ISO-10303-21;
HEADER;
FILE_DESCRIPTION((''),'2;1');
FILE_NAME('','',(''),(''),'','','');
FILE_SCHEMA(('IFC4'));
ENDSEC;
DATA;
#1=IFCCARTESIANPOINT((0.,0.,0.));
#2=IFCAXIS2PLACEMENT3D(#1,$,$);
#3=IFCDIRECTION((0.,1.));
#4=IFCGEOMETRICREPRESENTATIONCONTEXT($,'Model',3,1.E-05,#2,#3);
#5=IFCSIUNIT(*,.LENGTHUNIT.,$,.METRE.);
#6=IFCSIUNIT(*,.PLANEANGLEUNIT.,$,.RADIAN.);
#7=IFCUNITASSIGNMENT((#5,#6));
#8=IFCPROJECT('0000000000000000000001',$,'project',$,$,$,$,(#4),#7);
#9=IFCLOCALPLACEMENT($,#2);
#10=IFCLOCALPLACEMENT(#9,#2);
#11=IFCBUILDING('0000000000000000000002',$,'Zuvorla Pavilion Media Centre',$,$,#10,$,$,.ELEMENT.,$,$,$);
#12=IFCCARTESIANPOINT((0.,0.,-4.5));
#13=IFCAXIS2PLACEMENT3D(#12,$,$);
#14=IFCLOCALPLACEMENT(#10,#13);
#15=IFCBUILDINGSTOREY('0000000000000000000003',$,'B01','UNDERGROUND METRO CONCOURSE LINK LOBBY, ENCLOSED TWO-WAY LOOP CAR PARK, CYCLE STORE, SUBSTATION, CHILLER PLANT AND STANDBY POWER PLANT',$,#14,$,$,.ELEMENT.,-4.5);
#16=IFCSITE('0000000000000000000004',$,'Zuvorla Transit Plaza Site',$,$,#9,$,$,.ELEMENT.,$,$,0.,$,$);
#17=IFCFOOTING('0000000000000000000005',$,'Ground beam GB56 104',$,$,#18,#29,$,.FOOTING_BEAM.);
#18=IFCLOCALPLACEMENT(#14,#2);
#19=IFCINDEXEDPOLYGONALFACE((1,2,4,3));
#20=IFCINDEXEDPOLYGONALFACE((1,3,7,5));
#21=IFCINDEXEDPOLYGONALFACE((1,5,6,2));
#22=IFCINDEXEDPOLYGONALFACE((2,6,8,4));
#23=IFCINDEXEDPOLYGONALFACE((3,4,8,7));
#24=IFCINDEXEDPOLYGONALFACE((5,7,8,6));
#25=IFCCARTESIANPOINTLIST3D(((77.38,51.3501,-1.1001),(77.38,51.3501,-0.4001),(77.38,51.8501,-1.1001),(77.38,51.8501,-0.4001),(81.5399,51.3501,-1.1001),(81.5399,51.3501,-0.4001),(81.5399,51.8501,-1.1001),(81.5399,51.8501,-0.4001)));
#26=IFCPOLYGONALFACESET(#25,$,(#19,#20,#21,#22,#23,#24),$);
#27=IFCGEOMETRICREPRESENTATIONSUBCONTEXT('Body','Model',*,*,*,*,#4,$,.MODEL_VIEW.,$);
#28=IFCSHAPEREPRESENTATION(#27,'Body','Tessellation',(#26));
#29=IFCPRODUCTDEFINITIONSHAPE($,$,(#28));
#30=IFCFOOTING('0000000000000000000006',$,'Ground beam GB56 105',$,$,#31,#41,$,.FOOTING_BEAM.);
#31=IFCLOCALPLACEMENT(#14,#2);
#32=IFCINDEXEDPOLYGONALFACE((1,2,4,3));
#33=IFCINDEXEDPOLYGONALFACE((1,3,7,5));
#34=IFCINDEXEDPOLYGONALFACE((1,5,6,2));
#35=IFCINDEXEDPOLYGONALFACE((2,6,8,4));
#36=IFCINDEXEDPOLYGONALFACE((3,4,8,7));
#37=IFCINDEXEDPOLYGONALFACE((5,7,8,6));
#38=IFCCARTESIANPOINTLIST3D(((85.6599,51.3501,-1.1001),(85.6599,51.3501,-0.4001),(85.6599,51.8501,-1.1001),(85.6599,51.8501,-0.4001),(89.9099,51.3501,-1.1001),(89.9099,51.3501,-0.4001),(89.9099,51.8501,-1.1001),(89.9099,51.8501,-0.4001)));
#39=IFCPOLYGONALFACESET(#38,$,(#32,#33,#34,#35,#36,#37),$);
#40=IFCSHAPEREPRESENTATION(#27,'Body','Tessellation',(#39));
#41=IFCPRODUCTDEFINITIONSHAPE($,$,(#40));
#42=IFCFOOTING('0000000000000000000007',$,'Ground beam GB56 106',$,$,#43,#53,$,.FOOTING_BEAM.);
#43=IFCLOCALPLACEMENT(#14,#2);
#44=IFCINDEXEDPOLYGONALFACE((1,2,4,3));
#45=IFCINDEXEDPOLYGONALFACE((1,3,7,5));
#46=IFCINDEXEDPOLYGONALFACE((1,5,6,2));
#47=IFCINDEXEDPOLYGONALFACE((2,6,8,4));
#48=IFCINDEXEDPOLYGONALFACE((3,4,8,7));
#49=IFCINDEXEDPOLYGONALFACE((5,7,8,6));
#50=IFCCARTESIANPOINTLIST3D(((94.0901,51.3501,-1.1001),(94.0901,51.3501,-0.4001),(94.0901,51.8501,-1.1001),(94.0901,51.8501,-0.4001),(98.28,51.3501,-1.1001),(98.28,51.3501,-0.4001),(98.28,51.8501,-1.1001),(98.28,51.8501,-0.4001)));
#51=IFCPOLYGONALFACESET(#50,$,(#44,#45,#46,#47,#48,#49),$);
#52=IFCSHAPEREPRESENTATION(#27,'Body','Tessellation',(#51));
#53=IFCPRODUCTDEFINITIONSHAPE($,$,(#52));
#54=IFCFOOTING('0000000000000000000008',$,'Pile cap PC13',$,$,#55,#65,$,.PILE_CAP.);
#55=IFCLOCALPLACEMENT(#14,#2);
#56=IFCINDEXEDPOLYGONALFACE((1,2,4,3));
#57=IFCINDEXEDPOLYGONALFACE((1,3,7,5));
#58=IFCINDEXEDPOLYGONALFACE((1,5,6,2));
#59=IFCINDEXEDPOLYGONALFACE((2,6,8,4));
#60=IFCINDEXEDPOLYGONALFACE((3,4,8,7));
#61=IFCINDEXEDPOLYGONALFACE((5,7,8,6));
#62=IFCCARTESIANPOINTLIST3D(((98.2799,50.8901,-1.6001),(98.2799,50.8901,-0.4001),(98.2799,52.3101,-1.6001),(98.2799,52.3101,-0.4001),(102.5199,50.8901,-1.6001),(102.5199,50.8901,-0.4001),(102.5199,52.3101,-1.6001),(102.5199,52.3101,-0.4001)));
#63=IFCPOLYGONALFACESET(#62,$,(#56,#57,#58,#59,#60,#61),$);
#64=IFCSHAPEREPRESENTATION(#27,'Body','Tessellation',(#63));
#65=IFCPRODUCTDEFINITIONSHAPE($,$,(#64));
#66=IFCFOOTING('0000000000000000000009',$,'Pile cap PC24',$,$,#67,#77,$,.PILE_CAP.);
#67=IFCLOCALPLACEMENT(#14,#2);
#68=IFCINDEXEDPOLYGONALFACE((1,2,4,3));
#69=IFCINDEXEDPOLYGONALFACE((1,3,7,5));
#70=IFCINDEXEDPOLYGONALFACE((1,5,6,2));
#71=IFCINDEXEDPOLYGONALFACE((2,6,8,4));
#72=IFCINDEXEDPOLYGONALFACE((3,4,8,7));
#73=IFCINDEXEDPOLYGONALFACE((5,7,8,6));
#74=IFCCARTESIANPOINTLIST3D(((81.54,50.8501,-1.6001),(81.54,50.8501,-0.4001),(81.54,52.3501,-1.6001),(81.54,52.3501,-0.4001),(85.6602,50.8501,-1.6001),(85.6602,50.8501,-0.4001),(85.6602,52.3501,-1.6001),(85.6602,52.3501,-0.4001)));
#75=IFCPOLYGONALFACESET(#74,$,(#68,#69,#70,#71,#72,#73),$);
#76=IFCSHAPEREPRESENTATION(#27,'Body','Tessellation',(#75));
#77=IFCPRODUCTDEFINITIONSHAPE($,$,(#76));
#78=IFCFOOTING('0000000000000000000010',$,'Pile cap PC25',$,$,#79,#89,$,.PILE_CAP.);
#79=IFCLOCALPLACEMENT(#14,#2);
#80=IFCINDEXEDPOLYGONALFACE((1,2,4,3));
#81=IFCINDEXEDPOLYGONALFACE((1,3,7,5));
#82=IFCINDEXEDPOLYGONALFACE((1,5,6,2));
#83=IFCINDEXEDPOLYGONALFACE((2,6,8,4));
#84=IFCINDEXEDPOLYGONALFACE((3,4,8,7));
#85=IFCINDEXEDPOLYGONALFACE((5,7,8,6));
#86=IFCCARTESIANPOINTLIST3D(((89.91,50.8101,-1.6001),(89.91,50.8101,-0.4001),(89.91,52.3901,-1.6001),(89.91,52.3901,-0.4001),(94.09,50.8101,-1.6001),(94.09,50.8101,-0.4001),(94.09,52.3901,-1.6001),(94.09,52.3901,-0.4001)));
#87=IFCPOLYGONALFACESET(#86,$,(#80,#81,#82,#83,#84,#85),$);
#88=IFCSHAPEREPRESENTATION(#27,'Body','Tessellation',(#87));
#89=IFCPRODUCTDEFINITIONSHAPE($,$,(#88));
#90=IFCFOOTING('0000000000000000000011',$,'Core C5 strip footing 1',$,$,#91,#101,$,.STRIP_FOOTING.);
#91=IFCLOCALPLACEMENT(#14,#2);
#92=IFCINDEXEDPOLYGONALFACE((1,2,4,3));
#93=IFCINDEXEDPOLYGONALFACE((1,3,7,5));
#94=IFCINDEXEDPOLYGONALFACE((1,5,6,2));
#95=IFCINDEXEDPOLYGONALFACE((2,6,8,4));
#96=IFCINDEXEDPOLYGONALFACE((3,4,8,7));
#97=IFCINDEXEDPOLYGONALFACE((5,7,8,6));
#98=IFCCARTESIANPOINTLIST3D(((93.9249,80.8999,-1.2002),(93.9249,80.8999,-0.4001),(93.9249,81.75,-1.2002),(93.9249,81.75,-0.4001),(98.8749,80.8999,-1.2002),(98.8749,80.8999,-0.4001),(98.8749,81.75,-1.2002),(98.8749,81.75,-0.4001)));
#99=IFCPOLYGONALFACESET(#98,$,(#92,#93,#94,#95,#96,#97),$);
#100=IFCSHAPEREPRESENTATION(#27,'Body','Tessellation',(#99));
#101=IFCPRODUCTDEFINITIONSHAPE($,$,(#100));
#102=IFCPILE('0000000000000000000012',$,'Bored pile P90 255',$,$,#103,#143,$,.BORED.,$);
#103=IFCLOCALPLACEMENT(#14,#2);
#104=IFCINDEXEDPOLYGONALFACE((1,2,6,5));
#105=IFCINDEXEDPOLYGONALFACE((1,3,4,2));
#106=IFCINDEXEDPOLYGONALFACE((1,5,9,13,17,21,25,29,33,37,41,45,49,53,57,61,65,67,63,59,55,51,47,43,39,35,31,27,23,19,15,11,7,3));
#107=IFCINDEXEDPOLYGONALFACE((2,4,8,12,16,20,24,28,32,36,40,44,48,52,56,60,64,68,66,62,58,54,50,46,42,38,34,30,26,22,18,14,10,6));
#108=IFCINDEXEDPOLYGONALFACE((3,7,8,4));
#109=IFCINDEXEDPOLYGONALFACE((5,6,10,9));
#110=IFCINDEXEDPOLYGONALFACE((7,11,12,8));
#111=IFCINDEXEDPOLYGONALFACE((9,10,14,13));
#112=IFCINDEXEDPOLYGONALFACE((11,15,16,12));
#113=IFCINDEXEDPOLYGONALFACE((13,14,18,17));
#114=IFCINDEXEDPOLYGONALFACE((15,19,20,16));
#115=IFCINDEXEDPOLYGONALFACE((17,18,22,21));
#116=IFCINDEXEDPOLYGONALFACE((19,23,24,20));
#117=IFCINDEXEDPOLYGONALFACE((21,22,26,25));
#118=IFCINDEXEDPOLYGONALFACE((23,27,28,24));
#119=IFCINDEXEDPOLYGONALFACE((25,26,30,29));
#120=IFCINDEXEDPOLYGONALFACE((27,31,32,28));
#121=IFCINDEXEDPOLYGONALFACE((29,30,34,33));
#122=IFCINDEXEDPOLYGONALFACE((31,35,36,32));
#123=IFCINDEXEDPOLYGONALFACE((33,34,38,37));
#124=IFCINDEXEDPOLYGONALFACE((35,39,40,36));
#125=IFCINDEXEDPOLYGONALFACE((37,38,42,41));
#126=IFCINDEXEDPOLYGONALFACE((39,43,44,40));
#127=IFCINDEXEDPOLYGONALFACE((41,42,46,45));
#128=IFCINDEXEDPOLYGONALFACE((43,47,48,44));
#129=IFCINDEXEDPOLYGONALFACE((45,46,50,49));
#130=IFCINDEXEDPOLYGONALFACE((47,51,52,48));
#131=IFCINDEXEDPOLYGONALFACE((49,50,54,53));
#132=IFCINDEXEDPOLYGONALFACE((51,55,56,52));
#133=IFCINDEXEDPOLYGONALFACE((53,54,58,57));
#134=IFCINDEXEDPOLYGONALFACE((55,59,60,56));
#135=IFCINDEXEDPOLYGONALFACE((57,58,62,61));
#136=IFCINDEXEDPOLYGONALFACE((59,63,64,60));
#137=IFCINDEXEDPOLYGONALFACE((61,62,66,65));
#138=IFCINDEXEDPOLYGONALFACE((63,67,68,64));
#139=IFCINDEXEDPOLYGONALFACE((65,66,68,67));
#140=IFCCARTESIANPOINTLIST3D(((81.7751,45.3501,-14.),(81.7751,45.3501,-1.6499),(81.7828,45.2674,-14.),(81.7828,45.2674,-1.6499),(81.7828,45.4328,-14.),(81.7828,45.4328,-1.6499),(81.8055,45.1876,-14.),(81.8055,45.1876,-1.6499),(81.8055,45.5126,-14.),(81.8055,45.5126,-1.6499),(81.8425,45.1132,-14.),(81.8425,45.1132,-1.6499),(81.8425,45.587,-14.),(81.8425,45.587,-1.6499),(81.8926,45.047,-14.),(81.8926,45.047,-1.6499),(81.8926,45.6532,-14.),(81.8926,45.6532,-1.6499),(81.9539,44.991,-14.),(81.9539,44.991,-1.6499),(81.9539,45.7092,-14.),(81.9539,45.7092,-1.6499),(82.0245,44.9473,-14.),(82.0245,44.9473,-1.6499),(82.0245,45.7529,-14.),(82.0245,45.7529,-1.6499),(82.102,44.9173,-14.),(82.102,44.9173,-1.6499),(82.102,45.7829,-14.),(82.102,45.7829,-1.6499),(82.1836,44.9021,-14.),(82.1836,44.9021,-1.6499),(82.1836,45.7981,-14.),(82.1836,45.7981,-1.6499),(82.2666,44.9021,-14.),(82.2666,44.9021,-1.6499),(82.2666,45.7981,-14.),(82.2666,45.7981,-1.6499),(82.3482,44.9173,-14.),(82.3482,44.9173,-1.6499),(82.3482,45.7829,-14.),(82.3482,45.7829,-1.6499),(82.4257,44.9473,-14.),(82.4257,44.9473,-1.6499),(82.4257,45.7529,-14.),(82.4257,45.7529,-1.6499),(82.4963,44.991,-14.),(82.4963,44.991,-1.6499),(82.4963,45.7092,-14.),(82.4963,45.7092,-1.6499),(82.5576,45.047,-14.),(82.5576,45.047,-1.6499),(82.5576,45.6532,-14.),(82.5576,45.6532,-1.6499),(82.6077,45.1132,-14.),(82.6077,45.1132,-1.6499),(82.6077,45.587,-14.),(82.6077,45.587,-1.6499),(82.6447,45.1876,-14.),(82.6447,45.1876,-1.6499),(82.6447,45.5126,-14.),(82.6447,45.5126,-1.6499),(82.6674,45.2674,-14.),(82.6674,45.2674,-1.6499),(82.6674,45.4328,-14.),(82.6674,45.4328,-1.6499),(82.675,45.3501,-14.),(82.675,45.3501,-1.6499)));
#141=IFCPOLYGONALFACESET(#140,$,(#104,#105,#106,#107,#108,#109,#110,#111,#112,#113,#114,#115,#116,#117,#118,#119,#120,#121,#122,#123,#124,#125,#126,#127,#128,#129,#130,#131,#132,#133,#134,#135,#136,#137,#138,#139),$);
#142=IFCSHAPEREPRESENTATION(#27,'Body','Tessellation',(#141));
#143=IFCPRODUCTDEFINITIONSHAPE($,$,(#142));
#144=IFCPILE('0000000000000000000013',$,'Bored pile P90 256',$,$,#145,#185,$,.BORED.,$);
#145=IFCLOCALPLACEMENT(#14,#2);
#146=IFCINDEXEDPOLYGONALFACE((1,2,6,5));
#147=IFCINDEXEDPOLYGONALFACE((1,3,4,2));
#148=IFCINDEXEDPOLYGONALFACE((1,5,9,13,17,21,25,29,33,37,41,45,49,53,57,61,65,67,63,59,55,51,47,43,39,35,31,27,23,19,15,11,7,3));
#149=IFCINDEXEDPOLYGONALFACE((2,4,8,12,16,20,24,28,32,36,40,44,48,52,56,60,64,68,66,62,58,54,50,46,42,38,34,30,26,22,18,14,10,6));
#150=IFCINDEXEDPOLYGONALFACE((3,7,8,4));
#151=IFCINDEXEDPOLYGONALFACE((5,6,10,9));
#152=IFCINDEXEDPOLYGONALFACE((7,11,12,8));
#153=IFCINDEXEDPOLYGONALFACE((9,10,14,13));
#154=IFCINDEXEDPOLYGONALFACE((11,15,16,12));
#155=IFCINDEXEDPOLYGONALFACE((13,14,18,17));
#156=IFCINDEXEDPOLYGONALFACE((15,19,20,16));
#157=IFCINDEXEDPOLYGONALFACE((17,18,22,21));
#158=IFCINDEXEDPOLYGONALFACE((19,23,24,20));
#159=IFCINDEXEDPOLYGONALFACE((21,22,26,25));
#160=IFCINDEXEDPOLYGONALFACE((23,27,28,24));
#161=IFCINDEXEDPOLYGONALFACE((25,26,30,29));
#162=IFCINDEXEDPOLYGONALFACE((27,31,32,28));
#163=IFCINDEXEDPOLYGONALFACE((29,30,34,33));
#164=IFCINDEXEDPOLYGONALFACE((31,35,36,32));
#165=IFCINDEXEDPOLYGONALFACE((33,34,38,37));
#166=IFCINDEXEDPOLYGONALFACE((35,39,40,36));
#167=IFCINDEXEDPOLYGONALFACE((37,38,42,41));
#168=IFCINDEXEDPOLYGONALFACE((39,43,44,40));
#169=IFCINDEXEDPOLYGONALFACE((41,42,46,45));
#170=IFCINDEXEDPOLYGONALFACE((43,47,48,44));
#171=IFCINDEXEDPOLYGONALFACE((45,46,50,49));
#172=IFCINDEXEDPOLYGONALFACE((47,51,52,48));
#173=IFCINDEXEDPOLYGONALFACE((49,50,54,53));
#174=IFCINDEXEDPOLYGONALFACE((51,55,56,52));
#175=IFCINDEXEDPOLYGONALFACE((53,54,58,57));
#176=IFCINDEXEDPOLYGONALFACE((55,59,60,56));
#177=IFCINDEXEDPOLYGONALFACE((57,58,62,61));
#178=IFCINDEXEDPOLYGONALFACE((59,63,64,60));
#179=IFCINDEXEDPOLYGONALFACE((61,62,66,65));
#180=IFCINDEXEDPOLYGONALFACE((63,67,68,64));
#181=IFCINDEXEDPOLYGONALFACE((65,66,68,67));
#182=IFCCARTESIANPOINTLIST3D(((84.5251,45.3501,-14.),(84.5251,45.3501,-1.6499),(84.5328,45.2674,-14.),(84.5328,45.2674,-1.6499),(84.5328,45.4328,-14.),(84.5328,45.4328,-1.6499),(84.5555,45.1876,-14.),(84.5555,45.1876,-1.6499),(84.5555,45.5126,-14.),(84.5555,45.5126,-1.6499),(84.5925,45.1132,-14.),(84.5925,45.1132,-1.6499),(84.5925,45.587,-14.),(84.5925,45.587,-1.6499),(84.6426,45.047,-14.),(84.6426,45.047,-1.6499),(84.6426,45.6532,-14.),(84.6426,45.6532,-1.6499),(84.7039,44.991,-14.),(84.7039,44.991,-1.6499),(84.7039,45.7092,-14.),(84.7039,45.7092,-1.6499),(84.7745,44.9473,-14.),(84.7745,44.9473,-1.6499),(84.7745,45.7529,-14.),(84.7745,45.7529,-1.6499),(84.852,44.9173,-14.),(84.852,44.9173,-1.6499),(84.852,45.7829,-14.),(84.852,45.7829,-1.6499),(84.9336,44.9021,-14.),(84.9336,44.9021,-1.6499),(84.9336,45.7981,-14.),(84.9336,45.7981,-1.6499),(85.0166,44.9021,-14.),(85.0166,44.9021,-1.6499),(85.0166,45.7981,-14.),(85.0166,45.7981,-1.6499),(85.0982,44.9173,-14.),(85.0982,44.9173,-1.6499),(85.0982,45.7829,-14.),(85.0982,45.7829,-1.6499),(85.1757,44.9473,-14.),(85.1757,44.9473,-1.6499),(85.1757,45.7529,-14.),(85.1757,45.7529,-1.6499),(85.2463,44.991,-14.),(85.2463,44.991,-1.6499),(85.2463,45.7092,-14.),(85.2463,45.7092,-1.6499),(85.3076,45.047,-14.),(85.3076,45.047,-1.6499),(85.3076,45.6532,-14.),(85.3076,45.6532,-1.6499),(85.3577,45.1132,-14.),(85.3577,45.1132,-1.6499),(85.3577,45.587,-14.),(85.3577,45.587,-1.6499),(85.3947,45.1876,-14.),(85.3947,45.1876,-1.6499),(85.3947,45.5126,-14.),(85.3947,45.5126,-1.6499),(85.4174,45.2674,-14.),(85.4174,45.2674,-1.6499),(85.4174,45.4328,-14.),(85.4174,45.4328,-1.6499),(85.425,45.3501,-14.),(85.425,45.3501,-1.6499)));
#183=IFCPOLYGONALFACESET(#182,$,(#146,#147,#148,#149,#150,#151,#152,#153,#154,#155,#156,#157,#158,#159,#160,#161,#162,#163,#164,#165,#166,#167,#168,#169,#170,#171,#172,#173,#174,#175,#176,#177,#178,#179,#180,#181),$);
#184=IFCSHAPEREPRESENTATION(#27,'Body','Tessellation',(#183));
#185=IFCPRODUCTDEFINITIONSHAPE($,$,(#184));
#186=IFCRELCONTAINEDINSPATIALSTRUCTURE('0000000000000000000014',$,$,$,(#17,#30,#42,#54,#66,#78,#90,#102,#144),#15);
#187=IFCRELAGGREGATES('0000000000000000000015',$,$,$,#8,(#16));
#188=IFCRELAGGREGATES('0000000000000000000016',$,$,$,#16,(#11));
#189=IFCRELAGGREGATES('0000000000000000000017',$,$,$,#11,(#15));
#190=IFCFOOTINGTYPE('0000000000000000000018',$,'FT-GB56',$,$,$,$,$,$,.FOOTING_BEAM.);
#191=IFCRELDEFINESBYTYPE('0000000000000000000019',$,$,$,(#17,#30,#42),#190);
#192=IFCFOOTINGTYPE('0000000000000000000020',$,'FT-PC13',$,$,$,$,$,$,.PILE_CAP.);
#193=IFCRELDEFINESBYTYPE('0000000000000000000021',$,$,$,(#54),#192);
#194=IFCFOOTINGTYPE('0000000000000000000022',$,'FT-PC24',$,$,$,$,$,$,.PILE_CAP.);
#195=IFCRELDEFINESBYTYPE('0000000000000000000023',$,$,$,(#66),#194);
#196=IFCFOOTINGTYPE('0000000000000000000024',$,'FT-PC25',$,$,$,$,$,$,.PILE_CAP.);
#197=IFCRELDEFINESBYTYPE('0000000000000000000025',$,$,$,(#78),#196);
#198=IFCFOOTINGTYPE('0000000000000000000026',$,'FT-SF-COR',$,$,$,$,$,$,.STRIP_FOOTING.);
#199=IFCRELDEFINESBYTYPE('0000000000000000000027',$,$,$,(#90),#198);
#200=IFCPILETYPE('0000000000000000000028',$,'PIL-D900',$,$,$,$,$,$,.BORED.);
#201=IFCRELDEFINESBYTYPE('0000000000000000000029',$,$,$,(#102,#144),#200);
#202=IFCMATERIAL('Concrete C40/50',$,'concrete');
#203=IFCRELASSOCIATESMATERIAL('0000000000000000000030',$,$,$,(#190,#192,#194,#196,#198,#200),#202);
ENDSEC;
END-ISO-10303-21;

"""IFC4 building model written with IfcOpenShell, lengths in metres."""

from ifc_helpers import new_model, si_unit, direction, frame, origin, origin_2d, place, context, subcontext, project, spatial, rectangle, circle, extrude, material, material_profile, profile_set, type_object, element, save


model = new_model("IFC4")

# Units and contexts
model_context = context("Model", 3, precision=1e-05, world=origin(), true_north=direction((0.0, 1.0)))
body_context = subcontext(model_context, "Body", "Model", "MODEL_VIEW")
ifc_project = project(units=[si_unit("LENGTHUNIT", "METRE"), si_unit("PLANEANGLEUNIT", "RADIAN")], contexts=[model_context])

# Site, building, storey
site_placement = place(None, origin())
site = spatial("IfcSite", under=ifc_project, at=site_placement, Name="Zuvorla Transit Plaza Site", CompositionType="ELEMENT", RefElevation=0.0)
building_placement = place(site_placement, origin())
building = spatial("IfcBuilding", under=site, at=building_placement, Name="Zuvorla Pavilion Media Centre", CompositionType="ELEMENT")
storey_placement = place(building_placement, frame((0.0, 0.0, -4.5)))
storey = spatial("IfcBuildingStorey", under=building, at=storey_placement, Name="B01", Description="UNDERGROUND METRO CONCOURSE LINK LOBBY, ENCLOSED TWO-WAY LOOP CAR PARK, CYCLE STORE, SUBSTATION, CHILLER PLANT AND STANDBY POWER PLANT", CompositionType="ELEMENT", Elevation=-4.5)

# Footings
ifc_material = material(Name="Concrete C40/50", Category="concrete")
footing_type_1 = type_object("IfcFootingType", Name="FT-GB56", PredefinedType="FOOTING_BEAM", material=ifc_material)
footing_1_placement = place(storey_placement, frame((79.46, 51.6001, -1.1001), z_axis=(0.0, 0.0, 1.0), x_axis=(1.0, 0.0, 0.0)))
element("IfcFooting", 1, at=footing_1_placement, inside=storey, type_object=footing_type_1, Name="Ground beam GB56 104", PredefinedType="FOOTING_BEAM", context=body_context, shape_type="SweptSolid", body=[
    extrude(rectangle(XDim=4.1599, YDim=0.5, at=origin_2d()), origin(), (0.0, 0.0, 1.0), 0.7),
])
footing_2_placement = place(storey_placement, frame((87.7849, 51.6001, -1.1001), z_axis=(0.0, 0.0, 1.0), x_axis=(1.0, 0.0, 0.0)))
element("IfcFooting", 2, at=footing_2_placement, inside=storey, type_object=footing_type_1, Name="Ground beam GB56 105", PredefinedType="FOOTING_BEAM", context=body_context, shape_type="SweptSolid", body=[
    extrude(rectangle(XDim=4.25, YDim=0.5, at=origin_2d()), origin(), (0.0, 0.0, 1.0), 0.7),
])
footing_3_placement = place(storey_placement, frame((96.1851, 51.6001, -1.1001), z_axis=(0.0, 0.0, 1.0), x_axis=(1.0, 0.0, 0.0)))
element("IfcFooting", 3, at=footing_3_placement, inside=storey, type_object=footing_type_1, Name="Ground beam GB56 106", PredefinedType="FOOTING_BEAM", context=body_context, shape_type="SweptSolid", body=[
    extrude(rectangle(XDim=4.1899, YDim=0.5, at=origin_2d()), origin(), (0.0, 0.0, 1.0), 0.7),
])
footing_type_2 = type_object("IfcFootingType", Name="FT-PC13", PredefinedType="PILE_CAP", material=ifc_material)
footing_4_placement = place(storey_placement, frame((100.3999, 51.6001, -1.6001), z_axis=(0.0, 0.0, 1.0), x_axis=(1.0, 0.0, 0.0)))
element("IfcFooting", 4, at=footing_4_placement, inside=storey, type_object=footing_type_2, Name="Pile cap PC13", PredefinedType="PILE_CAP", context=body_context, shape_type="SweptSolid", body=[
    extrude(rectangle(XDim=4.24, YDim=1.4199, at=origin_2d()), origin(), (0.0, 0.0, 1.0), 1.2),
])
footing_type_3 = type_object("IfcFootingType", Name="FT-PC24", PredefinedType="PILE_CAP", material=ifc_material)
footing_5_placement = place(storey_placement, frame((83.6001, 51.6001, -1.6001), z_axis=(0.0, 0.0, 1.0), x_axis=(1.0, 0.0, 0.0)))
element("IfcFooting", 5, at=footing_5_placement, inside=storey, type_object=footing_type_3, Name="Pile cap PC24", PredefinedType="PILE_CAP", context=body_context, shape_type="SweptSolid", body=[
    extrude(rectangle(XDim=4.1201, YDim=1.5, at=origin_2d()), origin(), (0.0, 0.0, 1.0), 1.2),
])
footing_type_4 = type_object("IfcFootingType", Name="FT-PC25", PredefinedType="PILE_CAP", material=ifc_material)
footing_6_placement = place(storey_placement, frame((92.0, 51.6001, -1.6001), z_axis=(0.0, 0.0, 1.0), x_axis=(1.0, 0.0, 0.0)))
element("IfcFooting", 6, at=footing_6_placement, inside=storey, type_object=footing_type_4, Name="Pile cap PC25", PredefinedType="PILE_CAP", context=body_context, shape_type="SweptSolid", body=[
    extrude(rectangle(XDim=4.1799, YDim=1.5801, at=origin_2d()), origin(), (0.0, 0.0, 1.0), 1.2),
])
footing_type_5 = type_object("IfcFootingType", Name="FT-SF-COR", PredefinedType="STRIP_FOOTING", material=ifc_material)
footing_7_placement = place(storey_placement, frame((96.3999, 81.325, -1.2002), z_axis=(0.0, 0.0, 1.0), x_axis=(1.0, 0.0, 0.0)))
element("IfcFooting", 7, at=footing_7_placement, inside=storey, type_object=footing_type_5, Name="Core C5 strip footing 1", PredefinedType="STRIP_FOOTING", context=body_context, shape_type="SweptSolid", body=[
    extrude(rectangle(XDim=4.95, YDim=0.8501, at=origin_2d()), origin(), (0.0, 0.0, 1.0), 0.8),
])

# Piles
ifc_material_profile_1 = material_profile(ifc_material, circle(Radius=0.45, at=origin_2d()), Name="BORED PILE 900")
ifc_profile_set_1 = profile_set([ifc_material_profile_1], Name="Concrete C40/50")
pile_type = type_object("IfcPileType", Name="PIL-D900", PredefinedType="BORED", material=ifc_profile_set_1)
for number, where, z_axis, x_axis, name in (
    (8, (82.2251, 45.3501, -1.6499), (0.0, 0.0, -1.0), (1.0, 0.0, 0.0), "Bored pile P90 255"),
    (9, (84.9751, 45.3501, -1.6499), (0.0, 0.0, -1.0), (1.0, 0.0, 0.0), "Bored pile P90 256"),
):
    element("IfcPile", number, at=place(storey_placement, frame(where, z_axis=z_axis, x_axis=x_axis)), inside=storey, type_object=pile_type, Name=name, PredefinedType="BORED", context=body_context, shape_type="SweptSolid", body=[
        extrude(circle(Radius=0.45, at=origin_2d()), origin(), (0.0, 0.0, 1.0), 12.3501),
    ])

save(model, "model.ifc")
